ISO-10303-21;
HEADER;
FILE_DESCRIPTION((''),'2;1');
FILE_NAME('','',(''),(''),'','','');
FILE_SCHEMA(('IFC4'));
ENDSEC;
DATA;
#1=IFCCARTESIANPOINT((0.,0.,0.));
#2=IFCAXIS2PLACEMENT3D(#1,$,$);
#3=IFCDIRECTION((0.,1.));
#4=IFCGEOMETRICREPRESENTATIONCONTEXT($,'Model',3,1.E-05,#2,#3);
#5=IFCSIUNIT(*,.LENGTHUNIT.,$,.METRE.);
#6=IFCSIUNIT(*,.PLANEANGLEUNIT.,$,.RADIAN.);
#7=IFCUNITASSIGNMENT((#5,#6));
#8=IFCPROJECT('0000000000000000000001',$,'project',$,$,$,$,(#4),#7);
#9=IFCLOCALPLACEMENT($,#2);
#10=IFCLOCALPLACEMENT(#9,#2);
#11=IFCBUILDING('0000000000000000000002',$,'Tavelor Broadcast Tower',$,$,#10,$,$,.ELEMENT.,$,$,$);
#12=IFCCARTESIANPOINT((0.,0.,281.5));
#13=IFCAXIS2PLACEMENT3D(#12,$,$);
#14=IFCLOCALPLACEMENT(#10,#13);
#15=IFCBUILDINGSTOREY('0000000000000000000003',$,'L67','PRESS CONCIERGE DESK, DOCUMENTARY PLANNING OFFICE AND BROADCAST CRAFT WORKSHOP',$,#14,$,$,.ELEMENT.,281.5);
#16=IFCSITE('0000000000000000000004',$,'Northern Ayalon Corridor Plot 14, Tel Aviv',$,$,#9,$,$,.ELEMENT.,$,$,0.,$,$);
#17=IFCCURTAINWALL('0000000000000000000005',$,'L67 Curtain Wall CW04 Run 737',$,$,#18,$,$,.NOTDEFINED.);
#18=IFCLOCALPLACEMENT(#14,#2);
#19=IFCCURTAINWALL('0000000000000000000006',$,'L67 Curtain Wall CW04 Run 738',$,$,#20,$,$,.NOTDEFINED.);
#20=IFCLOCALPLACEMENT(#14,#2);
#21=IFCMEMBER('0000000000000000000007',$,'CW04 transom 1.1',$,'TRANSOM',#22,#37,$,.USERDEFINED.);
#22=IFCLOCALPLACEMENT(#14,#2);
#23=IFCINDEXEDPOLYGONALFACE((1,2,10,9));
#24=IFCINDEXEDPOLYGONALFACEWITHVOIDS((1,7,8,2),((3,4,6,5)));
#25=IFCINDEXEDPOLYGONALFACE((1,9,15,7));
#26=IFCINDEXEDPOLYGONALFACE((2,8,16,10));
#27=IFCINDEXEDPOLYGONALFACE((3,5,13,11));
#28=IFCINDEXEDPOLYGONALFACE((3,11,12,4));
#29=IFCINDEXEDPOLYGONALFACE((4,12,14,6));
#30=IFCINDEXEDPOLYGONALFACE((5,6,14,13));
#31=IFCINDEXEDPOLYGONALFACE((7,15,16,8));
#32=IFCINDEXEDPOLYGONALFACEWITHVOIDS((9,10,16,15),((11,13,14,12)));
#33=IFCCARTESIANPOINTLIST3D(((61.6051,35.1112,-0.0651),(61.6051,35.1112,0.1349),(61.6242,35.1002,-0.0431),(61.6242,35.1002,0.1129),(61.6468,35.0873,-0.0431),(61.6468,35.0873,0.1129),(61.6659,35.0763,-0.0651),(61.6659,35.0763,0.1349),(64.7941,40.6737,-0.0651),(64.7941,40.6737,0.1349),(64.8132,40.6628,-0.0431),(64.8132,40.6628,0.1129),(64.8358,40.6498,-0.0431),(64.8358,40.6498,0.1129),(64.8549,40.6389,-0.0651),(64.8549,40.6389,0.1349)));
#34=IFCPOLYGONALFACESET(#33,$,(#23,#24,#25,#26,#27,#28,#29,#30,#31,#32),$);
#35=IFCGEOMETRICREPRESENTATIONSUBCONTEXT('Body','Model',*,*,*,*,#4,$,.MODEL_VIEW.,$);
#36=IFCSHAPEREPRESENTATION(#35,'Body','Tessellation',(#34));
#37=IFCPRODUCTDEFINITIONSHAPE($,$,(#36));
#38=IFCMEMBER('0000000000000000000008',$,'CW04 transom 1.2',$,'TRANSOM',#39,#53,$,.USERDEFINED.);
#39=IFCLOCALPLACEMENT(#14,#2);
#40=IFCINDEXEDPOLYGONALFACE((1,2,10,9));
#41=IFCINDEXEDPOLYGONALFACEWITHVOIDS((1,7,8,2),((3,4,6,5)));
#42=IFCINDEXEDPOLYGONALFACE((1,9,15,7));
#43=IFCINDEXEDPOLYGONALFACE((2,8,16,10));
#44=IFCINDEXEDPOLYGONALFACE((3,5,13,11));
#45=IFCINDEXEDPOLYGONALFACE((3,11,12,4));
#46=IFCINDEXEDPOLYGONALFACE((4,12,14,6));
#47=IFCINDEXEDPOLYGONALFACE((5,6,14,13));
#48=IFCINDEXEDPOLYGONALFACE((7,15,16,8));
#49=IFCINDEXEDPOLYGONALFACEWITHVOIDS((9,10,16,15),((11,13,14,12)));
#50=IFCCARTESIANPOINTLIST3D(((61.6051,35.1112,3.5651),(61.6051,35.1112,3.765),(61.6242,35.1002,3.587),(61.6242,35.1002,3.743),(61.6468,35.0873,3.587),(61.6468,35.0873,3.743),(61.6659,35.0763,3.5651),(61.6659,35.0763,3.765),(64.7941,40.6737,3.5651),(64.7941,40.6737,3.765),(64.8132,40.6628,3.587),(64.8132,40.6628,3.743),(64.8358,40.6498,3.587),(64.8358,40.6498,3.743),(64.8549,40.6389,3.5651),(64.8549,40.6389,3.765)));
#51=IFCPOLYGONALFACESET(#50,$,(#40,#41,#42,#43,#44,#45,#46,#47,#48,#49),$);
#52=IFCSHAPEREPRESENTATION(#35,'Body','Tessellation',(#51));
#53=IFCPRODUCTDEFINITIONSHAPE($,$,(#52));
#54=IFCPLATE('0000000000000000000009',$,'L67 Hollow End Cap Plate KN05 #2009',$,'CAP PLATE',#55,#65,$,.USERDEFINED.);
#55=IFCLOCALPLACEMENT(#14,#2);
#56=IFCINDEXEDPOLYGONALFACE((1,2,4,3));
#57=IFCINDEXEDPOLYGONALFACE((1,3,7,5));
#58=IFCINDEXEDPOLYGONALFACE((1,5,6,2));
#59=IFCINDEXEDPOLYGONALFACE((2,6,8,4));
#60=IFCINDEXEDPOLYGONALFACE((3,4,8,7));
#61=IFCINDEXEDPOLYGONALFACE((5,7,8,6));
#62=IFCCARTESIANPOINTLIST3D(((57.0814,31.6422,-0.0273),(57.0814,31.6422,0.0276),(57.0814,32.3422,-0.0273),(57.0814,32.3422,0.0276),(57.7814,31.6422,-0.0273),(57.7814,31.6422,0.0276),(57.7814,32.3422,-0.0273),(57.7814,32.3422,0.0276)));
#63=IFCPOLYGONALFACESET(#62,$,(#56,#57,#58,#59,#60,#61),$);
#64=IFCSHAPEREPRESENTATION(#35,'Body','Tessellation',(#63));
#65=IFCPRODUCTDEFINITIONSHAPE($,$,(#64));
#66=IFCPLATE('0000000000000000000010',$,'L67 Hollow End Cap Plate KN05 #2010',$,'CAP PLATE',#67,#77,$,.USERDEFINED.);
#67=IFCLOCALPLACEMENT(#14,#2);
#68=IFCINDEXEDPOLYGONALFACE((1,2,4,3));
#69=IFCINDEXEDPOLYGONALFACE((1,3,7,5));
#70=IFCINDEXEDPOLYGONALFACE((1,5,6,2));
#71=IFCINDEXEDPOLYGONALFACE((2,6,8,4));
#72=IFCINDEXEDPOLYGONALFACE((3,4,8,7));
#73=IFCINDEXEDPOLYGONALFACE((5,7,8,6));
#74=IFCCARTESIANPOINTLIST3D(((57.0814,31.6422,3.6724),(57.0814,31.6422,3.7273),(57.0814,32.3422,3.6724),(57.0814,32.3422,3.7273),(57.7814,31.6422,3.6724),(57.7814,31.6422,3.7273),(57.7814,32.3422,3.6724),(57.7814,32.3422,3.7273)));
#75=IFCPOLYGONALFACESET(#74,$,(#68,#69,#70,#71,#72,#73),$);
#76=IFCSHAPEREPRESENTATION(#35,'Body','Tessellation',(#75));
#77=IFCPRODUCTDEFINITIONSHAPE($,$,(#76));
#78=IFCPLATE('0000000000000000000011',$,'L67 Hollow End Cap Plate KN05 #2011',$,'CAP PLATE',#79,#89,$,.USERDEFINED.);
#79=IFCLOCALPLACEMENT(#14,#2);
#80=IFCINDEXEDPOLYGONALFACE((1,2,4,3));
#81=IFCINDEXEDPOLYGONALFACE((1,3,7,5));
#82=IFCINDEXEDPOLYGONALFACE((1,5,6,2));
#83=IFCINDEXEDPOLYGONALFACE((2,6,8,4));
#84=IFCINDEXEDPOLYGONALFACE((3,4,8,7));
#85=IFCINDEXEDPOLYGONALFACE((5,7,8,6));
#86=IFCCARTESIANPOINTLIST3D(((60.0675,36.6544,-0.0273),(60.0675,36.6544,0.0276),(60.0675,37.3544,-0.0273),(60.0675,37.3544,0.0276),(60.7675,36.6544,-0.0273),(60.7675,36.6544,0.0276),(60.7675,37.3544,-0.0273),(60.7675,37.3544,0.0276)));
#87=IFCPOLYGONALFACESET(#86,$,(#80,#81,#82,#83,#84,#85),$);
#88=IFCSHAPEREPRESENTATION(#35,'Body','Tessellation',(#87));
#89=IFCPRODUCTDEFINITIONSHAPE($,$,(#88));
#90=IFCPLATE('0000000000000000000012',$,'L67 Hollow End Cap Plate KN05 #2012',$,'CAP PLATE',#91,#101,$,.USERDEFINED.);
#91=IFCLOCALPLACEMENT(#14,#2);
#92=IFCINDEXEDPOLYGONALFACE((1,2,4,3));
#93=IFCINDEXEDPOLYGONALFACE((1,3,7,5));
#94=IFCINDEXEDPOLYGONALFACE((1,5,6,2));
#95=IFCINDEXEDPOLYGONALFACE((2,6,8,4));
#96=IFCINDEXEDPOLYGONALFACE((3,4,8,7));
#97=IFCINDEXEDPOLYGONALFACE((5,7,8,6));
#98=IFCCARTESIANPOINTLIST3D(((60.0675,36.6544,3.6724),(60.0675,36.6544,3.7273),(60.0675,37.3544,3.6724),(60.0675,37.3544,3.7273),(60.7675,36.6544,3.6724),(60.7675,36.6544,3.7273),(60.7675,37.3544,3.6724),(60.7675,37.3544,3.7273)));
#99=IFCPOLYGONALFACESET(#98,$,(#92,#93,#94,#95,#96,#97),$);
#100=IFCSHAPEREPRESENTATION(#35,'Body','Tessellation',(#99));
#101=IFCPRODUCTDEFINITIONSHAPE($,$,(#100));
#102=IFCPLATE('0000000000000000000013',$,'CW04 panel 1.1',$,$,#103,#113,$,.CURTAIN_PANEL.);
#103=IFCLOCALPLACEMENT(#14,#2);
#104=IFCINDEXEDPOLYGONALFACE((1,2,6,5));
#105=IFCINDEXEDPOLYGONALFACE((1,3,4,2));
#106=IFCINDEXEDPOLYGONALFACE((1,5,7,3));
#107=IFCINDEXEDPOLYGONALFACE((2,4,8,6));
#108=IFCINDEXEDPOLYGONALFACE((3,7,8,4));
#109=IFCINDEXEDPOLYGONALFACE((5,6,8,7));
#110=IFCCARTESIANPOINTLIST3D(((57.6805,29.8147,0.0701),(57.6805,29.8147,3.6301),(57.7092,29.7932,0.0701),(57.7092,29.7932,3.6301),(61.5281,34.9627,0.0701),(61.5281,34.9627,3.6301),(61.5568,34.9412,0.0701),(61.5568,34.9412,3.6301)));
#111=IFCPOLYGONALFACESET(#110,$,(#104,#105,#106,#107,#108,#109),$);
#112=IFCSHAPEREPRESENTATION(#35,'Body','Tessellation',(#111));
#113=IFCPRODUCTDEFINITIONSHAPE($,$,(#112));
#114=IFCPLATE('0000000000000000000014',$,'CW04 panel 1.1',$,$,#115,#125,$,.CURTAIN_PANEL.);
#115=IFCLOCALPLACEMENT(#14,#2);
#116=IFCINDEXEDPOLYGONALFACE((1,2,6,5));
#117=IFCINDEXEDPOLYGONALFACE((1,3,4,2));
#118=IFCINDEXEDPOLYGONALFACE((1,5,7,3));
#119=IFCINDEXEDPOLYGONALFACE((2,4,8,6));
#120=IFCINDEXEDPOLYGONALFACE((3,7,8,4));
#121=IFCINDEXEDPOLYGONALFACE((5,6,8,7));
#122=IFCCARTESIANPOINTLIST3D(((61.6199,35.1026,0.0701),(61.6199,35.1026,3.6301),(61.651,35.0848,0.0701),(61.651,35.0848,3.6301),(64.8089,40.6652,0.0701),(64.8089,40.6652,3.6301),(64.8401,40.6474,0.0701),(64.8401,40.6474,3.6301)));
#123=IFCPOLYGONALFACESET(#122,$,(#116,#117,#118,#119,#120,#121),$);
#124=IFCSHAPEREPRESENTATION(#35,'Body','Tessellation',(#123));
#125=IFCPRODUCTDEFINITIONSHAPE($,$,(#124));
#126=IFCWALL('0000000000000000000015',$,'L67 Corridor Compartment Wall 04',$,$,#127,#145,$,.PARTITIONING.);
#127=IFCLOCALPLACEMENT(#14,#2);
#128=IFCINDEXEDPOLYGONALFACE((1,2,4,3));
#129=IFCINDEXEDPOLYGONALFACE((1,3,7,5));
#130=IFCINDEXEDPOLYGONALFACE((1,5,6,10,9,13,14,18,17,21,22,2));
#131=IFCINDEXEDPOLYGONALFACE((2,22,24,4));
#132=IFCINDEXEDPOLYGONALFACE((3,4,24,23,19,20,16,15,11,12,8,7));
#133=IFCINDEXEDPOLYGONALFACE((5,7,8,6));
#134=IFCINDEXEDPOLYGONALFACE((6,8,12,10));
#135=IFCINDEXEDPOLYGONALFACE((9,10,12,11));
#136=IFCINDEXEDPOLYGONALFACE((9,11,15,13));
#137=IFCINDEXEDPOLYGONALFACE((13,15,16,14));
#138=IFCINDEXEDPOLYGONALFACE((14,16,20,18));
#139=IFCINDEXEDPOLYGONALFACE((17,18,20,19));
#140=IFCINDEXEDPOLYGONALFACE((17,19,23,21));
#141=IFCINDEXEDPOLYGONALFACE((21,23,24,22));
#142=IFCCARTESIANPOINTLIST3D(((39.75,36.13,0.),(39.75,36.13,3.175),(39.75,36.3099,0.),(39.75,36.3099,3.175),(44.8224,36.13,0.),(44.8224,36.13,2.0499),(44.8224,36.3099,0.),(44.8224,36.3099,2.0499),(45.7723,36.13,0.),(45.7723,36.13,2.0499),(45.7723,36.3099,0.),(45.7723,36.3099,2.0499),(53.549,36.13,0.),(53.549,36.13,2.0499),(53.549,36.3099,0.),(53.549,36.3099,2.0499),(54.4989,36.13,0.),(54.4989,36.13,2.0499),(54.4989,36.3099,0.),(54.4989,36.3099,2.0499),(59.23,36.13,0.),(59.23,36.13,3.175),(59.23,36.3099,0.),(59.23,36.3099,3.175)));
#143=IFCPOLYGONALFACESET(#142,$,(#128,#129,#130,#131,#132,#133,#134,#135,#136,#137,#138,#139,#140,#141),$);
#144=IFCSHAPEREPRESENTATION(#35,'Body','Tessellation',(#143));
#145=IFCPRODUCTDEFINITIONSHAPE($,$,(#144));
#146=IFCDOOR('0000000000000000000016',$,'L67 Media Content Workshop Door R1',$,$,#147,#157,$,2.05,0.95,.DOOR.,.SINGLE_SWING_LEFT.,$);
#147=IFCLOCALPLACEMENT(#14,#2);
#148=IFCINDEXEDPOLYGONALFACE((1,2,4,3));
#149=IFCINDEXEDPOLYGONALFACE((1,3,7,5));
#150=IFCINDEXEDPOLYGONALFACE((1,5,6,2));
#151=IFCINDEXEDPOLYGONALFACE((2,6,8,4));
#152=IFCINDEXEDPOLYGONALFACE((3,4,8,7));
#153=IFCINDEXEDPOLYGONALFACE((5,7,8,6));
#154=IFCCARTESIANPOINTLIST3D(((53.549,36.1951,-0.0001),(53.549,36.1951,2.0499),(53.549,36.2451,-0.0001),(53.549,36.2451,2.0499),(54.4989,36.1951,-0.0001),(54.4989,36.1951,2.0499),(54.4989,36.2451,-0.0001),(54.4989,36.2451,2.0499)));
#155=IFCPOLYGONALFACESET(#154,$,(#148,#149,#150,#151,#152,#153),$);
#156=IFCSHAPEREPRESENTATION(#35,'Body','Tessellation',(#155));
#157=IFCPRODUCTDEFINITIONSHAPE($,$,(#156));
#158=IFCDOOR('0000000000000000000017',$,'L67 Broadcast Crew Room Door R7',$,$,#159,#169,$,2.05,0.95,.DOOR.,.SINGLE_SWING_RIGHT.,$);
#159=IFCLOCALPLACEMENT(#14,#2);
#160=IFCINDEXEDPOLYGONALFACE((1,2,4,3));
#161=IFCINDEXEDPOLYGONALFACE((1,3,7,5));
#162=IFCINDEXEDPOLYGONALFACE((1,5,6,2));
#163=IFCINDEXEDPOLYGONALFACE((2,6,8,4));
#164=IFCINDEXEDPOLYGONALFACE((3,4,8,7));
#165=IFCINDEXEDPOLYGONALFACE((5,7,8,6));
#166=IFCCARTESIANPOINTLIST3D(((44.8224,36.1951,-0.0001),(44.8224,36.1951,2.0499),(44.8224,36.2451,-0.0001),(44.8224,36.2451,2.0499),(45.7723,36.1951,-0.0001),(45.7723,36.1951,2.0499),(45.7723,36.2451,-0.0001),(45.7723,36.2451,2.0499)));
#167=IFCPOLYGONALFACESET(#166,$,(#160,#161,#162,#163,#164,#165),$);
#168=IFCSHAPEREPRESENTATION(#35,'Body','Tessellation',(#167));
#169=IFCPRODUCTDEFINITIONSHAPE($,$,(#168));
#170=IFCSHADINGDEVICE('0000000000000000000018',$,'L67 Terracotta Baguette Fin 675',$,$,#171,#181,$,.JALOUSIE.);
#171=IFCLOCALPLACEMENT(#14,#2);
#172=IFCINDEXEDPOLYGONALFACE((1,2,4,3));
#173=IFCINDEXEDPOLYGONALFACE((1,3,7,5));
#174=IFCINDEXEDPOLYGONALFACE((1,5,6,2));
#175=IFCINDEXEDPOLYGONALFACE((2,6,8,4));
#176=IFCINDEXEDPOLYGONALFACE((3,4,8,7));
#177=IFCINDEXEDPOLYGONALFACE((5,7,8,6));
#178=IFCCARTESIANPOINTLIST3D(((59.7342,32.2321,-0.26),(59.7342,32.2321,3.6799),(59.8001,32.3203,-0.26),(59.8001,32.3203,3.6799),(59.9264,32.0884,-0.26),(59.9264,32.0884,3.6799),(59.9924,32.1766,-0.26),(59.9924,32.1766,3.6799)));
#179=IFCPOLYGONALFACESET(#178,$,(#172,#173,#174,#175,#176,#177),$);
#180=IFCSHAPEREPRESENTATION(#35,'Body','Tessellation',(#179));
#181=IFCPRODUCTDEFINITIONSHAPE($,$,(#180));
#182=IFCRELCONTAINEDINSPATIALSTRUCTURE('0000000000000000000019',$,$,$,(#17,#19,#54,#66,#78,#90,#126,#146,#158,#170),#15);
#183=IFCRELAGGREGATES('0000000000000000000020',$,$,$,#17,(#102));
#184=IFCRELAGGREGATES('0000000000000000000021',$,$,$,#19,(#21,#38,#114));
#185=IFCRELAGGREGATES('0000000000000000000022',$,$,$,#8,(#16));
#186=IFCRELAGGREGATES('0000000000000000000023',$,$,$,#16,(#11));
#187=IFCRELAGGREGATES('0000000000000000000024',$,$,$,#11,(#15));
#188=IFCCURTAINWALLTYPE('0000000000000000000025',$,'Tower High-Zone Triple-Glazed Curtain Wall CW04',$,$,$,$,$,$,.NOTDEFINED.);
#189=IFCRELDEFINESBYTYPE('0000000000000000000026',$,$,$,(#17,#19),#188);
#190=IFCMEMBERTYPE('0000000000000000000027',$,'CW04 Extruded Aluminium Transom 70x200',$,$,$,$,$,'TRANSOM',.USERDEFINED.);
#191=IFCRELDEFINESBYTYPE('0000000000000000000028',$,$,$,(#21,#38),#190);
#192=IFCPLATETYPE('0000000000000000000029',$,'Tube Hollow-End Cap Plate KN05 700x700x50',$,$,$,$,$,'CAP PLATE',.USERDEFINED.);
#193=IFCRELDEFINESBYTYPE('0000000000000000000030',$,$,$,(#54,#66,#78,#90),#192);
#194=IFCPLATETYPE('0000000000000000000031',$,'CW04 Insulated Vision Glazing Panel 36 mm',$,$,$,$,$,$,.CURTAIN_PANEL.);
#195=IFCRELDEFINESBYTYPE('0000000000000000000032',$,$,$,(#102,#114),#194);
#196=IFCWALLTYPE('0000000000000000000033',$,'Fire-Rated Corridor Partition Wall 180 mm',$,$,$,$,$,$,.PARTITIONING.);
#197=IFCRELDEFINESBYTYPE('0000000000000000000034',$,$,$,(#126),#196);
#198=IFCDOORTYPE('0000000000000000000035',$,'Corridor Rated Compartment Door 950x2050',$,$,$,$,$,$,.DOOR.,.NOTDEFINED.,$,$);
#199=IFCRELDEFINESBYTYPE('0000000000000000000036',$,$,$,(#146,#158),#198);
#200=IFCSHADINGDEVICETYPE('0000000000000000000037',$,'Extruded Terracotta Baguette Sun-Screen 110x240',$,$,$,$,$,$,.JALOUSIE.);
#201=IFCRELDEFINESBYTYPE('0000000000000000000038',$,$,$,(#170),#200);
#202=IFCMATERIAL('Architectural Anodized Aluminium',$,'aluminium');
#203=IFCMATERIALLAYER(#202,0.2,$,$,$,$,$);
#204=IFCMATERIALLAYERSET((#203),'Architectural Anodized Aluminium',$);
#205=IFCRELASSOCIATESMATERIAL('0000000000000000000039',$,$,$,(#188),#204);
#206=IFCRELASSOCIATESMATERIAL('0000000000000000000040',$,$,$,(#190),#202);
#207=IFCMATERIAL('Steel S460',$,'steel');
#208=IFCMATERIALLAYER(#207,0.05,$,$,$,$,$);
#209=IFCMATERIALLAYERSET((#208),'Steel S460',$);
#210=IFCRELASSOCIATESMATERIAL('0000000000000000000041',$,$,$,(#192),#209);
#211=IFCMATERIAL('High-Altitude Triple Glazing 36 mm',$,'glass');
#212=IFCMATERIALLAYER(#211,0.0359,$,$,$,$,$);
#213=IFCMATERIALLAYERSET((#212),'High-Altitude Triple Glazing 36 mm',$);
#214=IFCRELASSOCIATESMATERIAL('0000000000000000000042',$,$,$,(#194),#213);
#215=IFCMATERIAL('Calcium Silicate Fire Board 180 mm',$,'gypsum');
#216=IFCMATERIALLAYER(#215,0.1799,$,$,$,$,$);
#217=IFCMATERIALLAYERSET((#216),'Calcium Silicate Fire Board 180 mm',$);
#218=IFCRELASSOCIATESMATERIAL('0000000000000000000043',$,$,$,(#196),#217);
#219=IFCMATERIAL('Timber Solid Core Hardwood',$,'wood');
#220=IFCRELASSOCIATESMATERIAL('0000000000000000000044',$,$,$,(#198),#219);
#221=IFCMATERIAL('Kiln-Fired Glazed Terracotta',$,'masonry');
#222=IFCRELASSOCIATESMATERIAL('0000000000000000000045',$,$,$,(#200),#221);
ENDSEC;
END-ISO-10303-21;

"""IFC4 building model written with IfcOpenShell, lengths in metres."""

from ifc_helpers import new_model, si_unit, direction, frame, frame_2d, origin, origin_2d, place, context, subcontext, project, spatial, rectangle, hollow_rectangle, extrude, source, transform, mapped, material, layer, layer_set, material_profile, profile_set, type_object, type_shapes, element, fill, aggregate, save


model = new_model("IFC4")

# Units and contexts
model_context = context("Model", 3, precision=1e-05, world=origin(), true_north=direction((0.0, 1.0)))
body_context = subcontext(model_context, "Body", "Model", "MODEL_VIEW")
ifc_project = project(units=[si_unit("LENGTHUNIT", "METRE"), si_unit("PLANEANGLEUNIT", "RADIAN")], contexts=[model_context])

# Site, building, storey
site_placement = place(None, origin())
site = spatial("IfcSite", under=ifc_project, at=site_placement, Name="Northern Ayalon Corridor Plot 14, Tel Aviv", CompositionType="ELEMENT", RefElevation=0.0)
building_placement = place(site_placement, origin())
building = spatial("IfcBuilding", under=site, at=building_placement, Name="Tavelor Broadcast Tower", CompositionType="ELEMENT")
storey_placement = place(building_placement, frame((0.0, 0.0, 281.5)))
storey = spatial("IfcBuildingStorey", under=building, at=storey_placement, Name="L67", Description="PRESS CONCIERGE DESK, DOCUMENTARY PLANNING OFFICE AND BROADCAST CRAFT WORKSHOP", CompositionType="ELEMENT", Elevation=281.5)

# Shared definitions
ifc_material_1 = material(Name="Steel S460", Category="steel")

# Curtain wall
ifc_material_2 = material(Name="Architectural Anodized Aluminium", Category="aluminium")
ifc_layer_1 = layer(ifc_material_2, 0.2)
ifc_layer_set_1 = layer_set([ifc_layer_1], Name="Architectural Anodized Aluminium")
curtain_wall_type = type_object("IfcCurtainWallType", Name="Tower High-Zone Triple-Glazed Curtain Wall CW04", PredefinedType="NOTDEFINED", material=ifc_layer_set_1)
curtain_wall_1_placement = place(storey_placement, origin())
curtain_wall_1 = element("IfcCurtainWall", 1, at=curtain_wall_1_placement, inside=storey, type_object=curtain_wall_type, Name="L67 Curtain Wall CW04 Run 737", PredefinedType="NOTDEFINED")

# Curtain wall
curtain_wall_2_placement = place(storey_placement, origin())
curtain_wall_2 = element("IfcCurtainWall", 2, at=curtain_wall_2_placement, inside=storey, type_object=curtain_wall_type, Name="L67 Curtain Wall CW04 Run 738", PredefinedType="NOTDEFINED")

# Members
ifc_material_profile_1 = material_profile(ifc_material_2, hollow_rectangle(XDim=0.0701, YDim=0.2, WallThickness=0.022, at=origin_2d()), Name="RHS 70x200x22")
ifc_profile_set_1 = profile_set([ifc_material_profile_1], Name="Architectural Anodized Aluminium")
member_type_1 = type_object("IfcMemberType", Name="CW04 Extruded Aluminium Transom 70x200", ElementType="TRANSOM", PredefinedType="USERDEFINED", material=ifc_profile_set_1)
shared_shape_1 = source(origin(), body_context, "Body", "SweptSolid", [
    extrude(hollow_rectangle(XDim=0.0701, YDim=0.2, WallThickness=0.022, at=origin_2d()), origin(), (0.0, 0.0, 1.0), 6.4119),
])
member_1_placement = place(storey_placement, frame((61.6355, 35.0938, 0.0349), z_axis=(0.49736, 0.867544, 0.0), x_axis=(-0.867544, 0.49736, 0.0)))
member_1 = element("IfcMember", 3, at=member_1_placement, type_object=member_type_1, Name="CW04 transom 1.1", ObjectType="TRANSOM", PredefinedType="USERDEFINED", context=body_context, shape_type="MappedRepresentation", body=[
    mapped(shared_shape_1, transform((0.0, 0.0, 0.0), scale=1.0)),
])
member_2_placement = place(storey_placement, frame((61.6355, 35.0938, 3.665), z_axis=(0.49736, 0.867544, 0.0), x_axis=(-0.867544, 0.49736, 0.0)))
member_2 = element("IfcMember", 4, at=member_2_placement, type_object=member_type_1, Name="CW04 transom 1.2", ObjectType="TRANSOM", PredefinedType="USERDEFINED", context=body_context, shape_type="MappedRepresentation", body=[
    mapped(shared_shape_1, transform((0.0, 0.0, 0.0), scale=1.0)),
])

# Plates
ifc_layer_2 = layer(ifc_material_1, 0.05)
ifc_layer_set_2 = layer_set([ifc_layer_2], Name="Steel S460")
plate_type_1 = type_object("IfcPlateType", Name="Tube Hollow-End Cap Plate KN05 700x700x50", ElementType="CAP PLATE", PredefinedType="USERDEFINED", material=ifc_layer_set_2)
shared_shape_2 = source(origin(), body_context, "Body", "SweptSolid", [
    extrude(rectangle(XDim=0.7, YDim=0.7, at=origin_2d()), origin(), (0.0, 0.0, 1.0), 0.0549),
])
type_shapes(plate_type_1, [shared_shape_2])
for number, where, z_axis, x_axis, name in (
    (5, (57.4314, 31.9922, -0.0273), (0.0, 0.0, 1.0), (1.0, 0.0, 0.0), "L67 Hollow End Cap Plate KN05 #2009"),
    (6, (57.4314, 31.9922, 3.6724), (0.0, 0.0, 1.0), (1.0, 0.0, 0.0), "L67 Hollow End Cap Plate KN05 #2010"),
    (7, (60.4175, 37.0044, -0.0273), (0.0, 0.0, 1.0), (1.0, 0.0, 0.0), "L67 Hollow End Cap Plate KN05 #2011"),
    (8, (60.4175, 37.0044, 3.6724), (0.0, 0.0, 1.0), (1.0, 0.0, 0.0), "L67 Hollow End Cap Plate KN05 #2012"),
):
    element("IfcPlate", number, at=place(storey_placement, frame(where, z_axis=z_axis, x_axis=x_axis)), inside=storey, type_object=plate_type_1, Name=name, ObjectType="CAP PLATE", PredefinedType="USERDEFINED", context=body_context, shape_type="MappedRepresentation", body=[
        mapped(shared_shape_2, transform((0.0, 0.0, 0.0), scale=1.0)),
    ])

# Plates
ifc_material_3 = material(Name="High-Altitude Triple Glazing 36 mm", Category="glass")
ifc_layer_3 = layer(ifc_material_3, 0.0359)
ifc_layer_set_3 = layer_set([ifc_layer_3], Name="High-Altitude Triple Glazing 36 mm")
plate_type_2 = type_object("IfcPlateType", Name="CW04 Insulated Vision Glazing Panel 36 mm", PredefinedType="CURTAIN_PANEL", material=ifc_layer_set_3)
shared_shape_3 = source(origin(), body_context, "Body", "SweptSolid", [
    extrude(rectangle(XDim=6.427, YDim=0.0359, at=origin_2d()), origin(), (0.0, 0.0, 1.0), 3.5601),
])
plate_1_placement = place(storey_placement, frame((59.6187, 32.3779, 0.0701), z_axis=(0.0, 0.0, 1.0), x_axis=(0.598666, 0.800998, 0.0)))
plate_1 = element("IfcPlate", 9, at=plate_1_placement, type_object=plate_type_2, Name="CW04 panel 1.1", PredefinedType="CURTAIN_PANEL", context=body_context, shape_type="MappedRepresentation", body=[
    mapped(shared_shape_3, transform((0.0, 0.0, 0.0), scale=1.0)),
])
aggregate(curtain_wall_1, [plate_1])
shared_shape_4 = source(origin(), body_context, "Body", "SweptSolid", [
    extrude(rectangle(XDim=6.4119, YDim=0.0359, at=origin_2d()), origin(), (0.0, 0.0, 1.0), 3.5601),
])
type_shapes(plate_type_2, [shared_shape_3, shared_shape_4])
plate_2_placement = place(storey_placement, frame((63.23, 37.875, 0.0701), z_axis=(0.0, 0.0, 1.0), x_axis=(0.497363, 0.867543, 0.0)))
plate_2 = element("IfcPlate", 10, at=plate_2_placement, type_object=plate_type_2, Name="CW04 panel 1.1", PredefinedType="CURTAIN_PANEL", context=body_context, shape_type="MappedRepresentation", body=[
    mapped(shared_shape_4, transform((0.0, 0.0, 0.0), scale=1.0)),
])
aggregate(curtain_wall_2, [member_1, member_2, plate_2])

# Wall, openings, doors
ifc_material_4 = material(Name="Calcium Silicate Fire Board 180 mm", Category="gypsum")
ifc_layer_4 = layer(ifc_material_4, 0.1799)
ifc_layer_set_4 = layer_set([ifc_layer_4], Name="Calcium Silicate Fire Board 180 mm")
wall_type = type_object("IfcWallType", Name="Fire-Rated Corridor Partition Wall 180 mm", PredefinedType="PARTITIONING", material=ifc_layer_set_4)
wall_placement = place(storey_placement, frame((59.23, 36.22, 0.0), z_axis=(0.0, 0.0, 1.0), x_axis=(-1.0, 0.0, 0.0)))
wall = element("IfcWall", 11, at=wall_placement, inside=storey, type_object=wall_type, Name="L67 Corridor Compartment Wall 04", PredefinedType="PARTITIONING", context=body_context, shape_type="SweptSolid", body=[
    extrude(rectangle(XDim=19.48, YDim=0.1799, at=frame_2d((9.74, 0.0))), origin(), (0.0, 0.0, 1.0), 3.175),
])
opening_1_placement = place(wall_placement, frame((4.731, 0.0, 0.0)))
opening_1 = element("IfcOpeningElement", 12, at=opening_1_placement, cuts=wall, PredefinedType="OPENING", context=body_context, shape_type="SweptSolid", body=[
    extrude(rectangle(XDim=0.95, YDim=2.05, at=frame_2d((0.4751, 1.0249))), frame((0.0, 0.1001, 0.0), z_axis=(0.0, -1.0, 0.0), x_axis=(1.0, 0.0, 0.0)), (0.0, 0.0, 1.0), 0.2),
])
opening_2_placement = place(wall_placement, frame((13.4575, 0.0, 0.0)))
opening_2 = element("IfcOpeningElement", 13, at=opening_2_placement, cuts=wall, PredefinedType="OPENING", context=body_context, shape_type="SweptSolid", body=[
    extrude(rectangle(XDim=0.95, YDim=2.05, at=frame_2d((0.4751, 1.0249))), frame((0.0, 0.1001, 0.0), z_axis=(0.0, -1.0, 0.0), x_axis=(1.0, 0.0, 0.0)), (0.0, 0.0, 1.0), 0.2),
])
ifc_material_5 = material(Name="Timber Solid Core Hardwood", Category="wood")
door_type = type_object("IfcDoorType", Name="Corridor Rated Compartment Door 950x2050", OperationType="NOTDEFINED", PredefinedType="DOOR", material=ifc_material_5)
door_1_placement = place(opening_1_placement, origin())
door_1 = element("IfcDoor", 14, at=door_1_placement, inside=storey, type_object=door_type, Name="L67 Media Content Workshop Door R1", OperationType="SINGLE_SWING_LEFT", OverallHeight=2.05, OverallWidth=0.95, PredefinedType="DOOR", context=body_context, shape_type="SweptSolid", body=[
    extrude(rectangle(XDim=0.95, YDim=2.05, at=frame_2d((0.4751, 1.0249))), frame((0.0, 0.0249, 0.0), z_axis=(0.0, -1.0, 0.0), x_axis=(1.0, 0.0, 0.0)), (0.0, 0.0, 1.0), 0.05),
])
fill(opening_1, door_1)
door_2_placement = place(opening_2_placement, origin())
door_2 = element("IfcDoor", 15, at=door_2_placement, inside=storey, type_object=door_type, Name="L67 Broadcast Crew Room Door R7", OperationType="SINGLE_SWING_RIGHT", OverallHeight=2.05, OverallWidth=0.95, PredefinedType="DOOR", context=body_context, shape_type="SweptSolid", body=[
    extrude(rectangle(XDim=0.95, YDim=2.05, at=frame_2d((0.4751, 1.0249))), frame((0.0, 0.0249, 0.0), z_axis=(0.0, -1.0, 0.0), x_axis=(1.0, 0.0, 0.0)), (0.0, 0.0, 1.0), 0.05),
])
fill(opening_2, door_2)

# Shading device
ifc_material_6 = material(Name="Kiln-Fired Glazed Terracotta", Category="masonry")
shading_device_type = type_object("IfcShadingDeviceType", Name="Extruded Terracotta Baguette Sun-Screen 110x240", PredefinedType="JALOUSIE", material=ifc_material_6)
shared_shape_5 = source(origin(), body_context, "Body", "SweptSolid", [
    extrude(rectangle(XDim=0.1101, YDim=0.24, at=origin_2d()), origin(), (0.0, 0.0, 1.0), 3.9399),
])
type_shapes(shading_device_type, [shared_shape_5])
shading_device_placement = place(storey_placement, frame((59.8633, 32.2043, -0.26), z_axis=(0.0, 0.0, 1.0), x_axis=(0.598604, 0.801045, 0.0)))
element("IfcShadingDevice", 16, at=shading_device_placement, inside=storey, type_object=shading_device_type, Name="L67 Terracotta Baguette Fin 675", PredefinedType="JALOUSIE", context=body_context, shape_type="MappedRepresentation", body=[
    mapped(shared_shape_5, transform((0.0, 0.0, 0.0), scale=1.0)),
])

save(model, "model.ifc")
